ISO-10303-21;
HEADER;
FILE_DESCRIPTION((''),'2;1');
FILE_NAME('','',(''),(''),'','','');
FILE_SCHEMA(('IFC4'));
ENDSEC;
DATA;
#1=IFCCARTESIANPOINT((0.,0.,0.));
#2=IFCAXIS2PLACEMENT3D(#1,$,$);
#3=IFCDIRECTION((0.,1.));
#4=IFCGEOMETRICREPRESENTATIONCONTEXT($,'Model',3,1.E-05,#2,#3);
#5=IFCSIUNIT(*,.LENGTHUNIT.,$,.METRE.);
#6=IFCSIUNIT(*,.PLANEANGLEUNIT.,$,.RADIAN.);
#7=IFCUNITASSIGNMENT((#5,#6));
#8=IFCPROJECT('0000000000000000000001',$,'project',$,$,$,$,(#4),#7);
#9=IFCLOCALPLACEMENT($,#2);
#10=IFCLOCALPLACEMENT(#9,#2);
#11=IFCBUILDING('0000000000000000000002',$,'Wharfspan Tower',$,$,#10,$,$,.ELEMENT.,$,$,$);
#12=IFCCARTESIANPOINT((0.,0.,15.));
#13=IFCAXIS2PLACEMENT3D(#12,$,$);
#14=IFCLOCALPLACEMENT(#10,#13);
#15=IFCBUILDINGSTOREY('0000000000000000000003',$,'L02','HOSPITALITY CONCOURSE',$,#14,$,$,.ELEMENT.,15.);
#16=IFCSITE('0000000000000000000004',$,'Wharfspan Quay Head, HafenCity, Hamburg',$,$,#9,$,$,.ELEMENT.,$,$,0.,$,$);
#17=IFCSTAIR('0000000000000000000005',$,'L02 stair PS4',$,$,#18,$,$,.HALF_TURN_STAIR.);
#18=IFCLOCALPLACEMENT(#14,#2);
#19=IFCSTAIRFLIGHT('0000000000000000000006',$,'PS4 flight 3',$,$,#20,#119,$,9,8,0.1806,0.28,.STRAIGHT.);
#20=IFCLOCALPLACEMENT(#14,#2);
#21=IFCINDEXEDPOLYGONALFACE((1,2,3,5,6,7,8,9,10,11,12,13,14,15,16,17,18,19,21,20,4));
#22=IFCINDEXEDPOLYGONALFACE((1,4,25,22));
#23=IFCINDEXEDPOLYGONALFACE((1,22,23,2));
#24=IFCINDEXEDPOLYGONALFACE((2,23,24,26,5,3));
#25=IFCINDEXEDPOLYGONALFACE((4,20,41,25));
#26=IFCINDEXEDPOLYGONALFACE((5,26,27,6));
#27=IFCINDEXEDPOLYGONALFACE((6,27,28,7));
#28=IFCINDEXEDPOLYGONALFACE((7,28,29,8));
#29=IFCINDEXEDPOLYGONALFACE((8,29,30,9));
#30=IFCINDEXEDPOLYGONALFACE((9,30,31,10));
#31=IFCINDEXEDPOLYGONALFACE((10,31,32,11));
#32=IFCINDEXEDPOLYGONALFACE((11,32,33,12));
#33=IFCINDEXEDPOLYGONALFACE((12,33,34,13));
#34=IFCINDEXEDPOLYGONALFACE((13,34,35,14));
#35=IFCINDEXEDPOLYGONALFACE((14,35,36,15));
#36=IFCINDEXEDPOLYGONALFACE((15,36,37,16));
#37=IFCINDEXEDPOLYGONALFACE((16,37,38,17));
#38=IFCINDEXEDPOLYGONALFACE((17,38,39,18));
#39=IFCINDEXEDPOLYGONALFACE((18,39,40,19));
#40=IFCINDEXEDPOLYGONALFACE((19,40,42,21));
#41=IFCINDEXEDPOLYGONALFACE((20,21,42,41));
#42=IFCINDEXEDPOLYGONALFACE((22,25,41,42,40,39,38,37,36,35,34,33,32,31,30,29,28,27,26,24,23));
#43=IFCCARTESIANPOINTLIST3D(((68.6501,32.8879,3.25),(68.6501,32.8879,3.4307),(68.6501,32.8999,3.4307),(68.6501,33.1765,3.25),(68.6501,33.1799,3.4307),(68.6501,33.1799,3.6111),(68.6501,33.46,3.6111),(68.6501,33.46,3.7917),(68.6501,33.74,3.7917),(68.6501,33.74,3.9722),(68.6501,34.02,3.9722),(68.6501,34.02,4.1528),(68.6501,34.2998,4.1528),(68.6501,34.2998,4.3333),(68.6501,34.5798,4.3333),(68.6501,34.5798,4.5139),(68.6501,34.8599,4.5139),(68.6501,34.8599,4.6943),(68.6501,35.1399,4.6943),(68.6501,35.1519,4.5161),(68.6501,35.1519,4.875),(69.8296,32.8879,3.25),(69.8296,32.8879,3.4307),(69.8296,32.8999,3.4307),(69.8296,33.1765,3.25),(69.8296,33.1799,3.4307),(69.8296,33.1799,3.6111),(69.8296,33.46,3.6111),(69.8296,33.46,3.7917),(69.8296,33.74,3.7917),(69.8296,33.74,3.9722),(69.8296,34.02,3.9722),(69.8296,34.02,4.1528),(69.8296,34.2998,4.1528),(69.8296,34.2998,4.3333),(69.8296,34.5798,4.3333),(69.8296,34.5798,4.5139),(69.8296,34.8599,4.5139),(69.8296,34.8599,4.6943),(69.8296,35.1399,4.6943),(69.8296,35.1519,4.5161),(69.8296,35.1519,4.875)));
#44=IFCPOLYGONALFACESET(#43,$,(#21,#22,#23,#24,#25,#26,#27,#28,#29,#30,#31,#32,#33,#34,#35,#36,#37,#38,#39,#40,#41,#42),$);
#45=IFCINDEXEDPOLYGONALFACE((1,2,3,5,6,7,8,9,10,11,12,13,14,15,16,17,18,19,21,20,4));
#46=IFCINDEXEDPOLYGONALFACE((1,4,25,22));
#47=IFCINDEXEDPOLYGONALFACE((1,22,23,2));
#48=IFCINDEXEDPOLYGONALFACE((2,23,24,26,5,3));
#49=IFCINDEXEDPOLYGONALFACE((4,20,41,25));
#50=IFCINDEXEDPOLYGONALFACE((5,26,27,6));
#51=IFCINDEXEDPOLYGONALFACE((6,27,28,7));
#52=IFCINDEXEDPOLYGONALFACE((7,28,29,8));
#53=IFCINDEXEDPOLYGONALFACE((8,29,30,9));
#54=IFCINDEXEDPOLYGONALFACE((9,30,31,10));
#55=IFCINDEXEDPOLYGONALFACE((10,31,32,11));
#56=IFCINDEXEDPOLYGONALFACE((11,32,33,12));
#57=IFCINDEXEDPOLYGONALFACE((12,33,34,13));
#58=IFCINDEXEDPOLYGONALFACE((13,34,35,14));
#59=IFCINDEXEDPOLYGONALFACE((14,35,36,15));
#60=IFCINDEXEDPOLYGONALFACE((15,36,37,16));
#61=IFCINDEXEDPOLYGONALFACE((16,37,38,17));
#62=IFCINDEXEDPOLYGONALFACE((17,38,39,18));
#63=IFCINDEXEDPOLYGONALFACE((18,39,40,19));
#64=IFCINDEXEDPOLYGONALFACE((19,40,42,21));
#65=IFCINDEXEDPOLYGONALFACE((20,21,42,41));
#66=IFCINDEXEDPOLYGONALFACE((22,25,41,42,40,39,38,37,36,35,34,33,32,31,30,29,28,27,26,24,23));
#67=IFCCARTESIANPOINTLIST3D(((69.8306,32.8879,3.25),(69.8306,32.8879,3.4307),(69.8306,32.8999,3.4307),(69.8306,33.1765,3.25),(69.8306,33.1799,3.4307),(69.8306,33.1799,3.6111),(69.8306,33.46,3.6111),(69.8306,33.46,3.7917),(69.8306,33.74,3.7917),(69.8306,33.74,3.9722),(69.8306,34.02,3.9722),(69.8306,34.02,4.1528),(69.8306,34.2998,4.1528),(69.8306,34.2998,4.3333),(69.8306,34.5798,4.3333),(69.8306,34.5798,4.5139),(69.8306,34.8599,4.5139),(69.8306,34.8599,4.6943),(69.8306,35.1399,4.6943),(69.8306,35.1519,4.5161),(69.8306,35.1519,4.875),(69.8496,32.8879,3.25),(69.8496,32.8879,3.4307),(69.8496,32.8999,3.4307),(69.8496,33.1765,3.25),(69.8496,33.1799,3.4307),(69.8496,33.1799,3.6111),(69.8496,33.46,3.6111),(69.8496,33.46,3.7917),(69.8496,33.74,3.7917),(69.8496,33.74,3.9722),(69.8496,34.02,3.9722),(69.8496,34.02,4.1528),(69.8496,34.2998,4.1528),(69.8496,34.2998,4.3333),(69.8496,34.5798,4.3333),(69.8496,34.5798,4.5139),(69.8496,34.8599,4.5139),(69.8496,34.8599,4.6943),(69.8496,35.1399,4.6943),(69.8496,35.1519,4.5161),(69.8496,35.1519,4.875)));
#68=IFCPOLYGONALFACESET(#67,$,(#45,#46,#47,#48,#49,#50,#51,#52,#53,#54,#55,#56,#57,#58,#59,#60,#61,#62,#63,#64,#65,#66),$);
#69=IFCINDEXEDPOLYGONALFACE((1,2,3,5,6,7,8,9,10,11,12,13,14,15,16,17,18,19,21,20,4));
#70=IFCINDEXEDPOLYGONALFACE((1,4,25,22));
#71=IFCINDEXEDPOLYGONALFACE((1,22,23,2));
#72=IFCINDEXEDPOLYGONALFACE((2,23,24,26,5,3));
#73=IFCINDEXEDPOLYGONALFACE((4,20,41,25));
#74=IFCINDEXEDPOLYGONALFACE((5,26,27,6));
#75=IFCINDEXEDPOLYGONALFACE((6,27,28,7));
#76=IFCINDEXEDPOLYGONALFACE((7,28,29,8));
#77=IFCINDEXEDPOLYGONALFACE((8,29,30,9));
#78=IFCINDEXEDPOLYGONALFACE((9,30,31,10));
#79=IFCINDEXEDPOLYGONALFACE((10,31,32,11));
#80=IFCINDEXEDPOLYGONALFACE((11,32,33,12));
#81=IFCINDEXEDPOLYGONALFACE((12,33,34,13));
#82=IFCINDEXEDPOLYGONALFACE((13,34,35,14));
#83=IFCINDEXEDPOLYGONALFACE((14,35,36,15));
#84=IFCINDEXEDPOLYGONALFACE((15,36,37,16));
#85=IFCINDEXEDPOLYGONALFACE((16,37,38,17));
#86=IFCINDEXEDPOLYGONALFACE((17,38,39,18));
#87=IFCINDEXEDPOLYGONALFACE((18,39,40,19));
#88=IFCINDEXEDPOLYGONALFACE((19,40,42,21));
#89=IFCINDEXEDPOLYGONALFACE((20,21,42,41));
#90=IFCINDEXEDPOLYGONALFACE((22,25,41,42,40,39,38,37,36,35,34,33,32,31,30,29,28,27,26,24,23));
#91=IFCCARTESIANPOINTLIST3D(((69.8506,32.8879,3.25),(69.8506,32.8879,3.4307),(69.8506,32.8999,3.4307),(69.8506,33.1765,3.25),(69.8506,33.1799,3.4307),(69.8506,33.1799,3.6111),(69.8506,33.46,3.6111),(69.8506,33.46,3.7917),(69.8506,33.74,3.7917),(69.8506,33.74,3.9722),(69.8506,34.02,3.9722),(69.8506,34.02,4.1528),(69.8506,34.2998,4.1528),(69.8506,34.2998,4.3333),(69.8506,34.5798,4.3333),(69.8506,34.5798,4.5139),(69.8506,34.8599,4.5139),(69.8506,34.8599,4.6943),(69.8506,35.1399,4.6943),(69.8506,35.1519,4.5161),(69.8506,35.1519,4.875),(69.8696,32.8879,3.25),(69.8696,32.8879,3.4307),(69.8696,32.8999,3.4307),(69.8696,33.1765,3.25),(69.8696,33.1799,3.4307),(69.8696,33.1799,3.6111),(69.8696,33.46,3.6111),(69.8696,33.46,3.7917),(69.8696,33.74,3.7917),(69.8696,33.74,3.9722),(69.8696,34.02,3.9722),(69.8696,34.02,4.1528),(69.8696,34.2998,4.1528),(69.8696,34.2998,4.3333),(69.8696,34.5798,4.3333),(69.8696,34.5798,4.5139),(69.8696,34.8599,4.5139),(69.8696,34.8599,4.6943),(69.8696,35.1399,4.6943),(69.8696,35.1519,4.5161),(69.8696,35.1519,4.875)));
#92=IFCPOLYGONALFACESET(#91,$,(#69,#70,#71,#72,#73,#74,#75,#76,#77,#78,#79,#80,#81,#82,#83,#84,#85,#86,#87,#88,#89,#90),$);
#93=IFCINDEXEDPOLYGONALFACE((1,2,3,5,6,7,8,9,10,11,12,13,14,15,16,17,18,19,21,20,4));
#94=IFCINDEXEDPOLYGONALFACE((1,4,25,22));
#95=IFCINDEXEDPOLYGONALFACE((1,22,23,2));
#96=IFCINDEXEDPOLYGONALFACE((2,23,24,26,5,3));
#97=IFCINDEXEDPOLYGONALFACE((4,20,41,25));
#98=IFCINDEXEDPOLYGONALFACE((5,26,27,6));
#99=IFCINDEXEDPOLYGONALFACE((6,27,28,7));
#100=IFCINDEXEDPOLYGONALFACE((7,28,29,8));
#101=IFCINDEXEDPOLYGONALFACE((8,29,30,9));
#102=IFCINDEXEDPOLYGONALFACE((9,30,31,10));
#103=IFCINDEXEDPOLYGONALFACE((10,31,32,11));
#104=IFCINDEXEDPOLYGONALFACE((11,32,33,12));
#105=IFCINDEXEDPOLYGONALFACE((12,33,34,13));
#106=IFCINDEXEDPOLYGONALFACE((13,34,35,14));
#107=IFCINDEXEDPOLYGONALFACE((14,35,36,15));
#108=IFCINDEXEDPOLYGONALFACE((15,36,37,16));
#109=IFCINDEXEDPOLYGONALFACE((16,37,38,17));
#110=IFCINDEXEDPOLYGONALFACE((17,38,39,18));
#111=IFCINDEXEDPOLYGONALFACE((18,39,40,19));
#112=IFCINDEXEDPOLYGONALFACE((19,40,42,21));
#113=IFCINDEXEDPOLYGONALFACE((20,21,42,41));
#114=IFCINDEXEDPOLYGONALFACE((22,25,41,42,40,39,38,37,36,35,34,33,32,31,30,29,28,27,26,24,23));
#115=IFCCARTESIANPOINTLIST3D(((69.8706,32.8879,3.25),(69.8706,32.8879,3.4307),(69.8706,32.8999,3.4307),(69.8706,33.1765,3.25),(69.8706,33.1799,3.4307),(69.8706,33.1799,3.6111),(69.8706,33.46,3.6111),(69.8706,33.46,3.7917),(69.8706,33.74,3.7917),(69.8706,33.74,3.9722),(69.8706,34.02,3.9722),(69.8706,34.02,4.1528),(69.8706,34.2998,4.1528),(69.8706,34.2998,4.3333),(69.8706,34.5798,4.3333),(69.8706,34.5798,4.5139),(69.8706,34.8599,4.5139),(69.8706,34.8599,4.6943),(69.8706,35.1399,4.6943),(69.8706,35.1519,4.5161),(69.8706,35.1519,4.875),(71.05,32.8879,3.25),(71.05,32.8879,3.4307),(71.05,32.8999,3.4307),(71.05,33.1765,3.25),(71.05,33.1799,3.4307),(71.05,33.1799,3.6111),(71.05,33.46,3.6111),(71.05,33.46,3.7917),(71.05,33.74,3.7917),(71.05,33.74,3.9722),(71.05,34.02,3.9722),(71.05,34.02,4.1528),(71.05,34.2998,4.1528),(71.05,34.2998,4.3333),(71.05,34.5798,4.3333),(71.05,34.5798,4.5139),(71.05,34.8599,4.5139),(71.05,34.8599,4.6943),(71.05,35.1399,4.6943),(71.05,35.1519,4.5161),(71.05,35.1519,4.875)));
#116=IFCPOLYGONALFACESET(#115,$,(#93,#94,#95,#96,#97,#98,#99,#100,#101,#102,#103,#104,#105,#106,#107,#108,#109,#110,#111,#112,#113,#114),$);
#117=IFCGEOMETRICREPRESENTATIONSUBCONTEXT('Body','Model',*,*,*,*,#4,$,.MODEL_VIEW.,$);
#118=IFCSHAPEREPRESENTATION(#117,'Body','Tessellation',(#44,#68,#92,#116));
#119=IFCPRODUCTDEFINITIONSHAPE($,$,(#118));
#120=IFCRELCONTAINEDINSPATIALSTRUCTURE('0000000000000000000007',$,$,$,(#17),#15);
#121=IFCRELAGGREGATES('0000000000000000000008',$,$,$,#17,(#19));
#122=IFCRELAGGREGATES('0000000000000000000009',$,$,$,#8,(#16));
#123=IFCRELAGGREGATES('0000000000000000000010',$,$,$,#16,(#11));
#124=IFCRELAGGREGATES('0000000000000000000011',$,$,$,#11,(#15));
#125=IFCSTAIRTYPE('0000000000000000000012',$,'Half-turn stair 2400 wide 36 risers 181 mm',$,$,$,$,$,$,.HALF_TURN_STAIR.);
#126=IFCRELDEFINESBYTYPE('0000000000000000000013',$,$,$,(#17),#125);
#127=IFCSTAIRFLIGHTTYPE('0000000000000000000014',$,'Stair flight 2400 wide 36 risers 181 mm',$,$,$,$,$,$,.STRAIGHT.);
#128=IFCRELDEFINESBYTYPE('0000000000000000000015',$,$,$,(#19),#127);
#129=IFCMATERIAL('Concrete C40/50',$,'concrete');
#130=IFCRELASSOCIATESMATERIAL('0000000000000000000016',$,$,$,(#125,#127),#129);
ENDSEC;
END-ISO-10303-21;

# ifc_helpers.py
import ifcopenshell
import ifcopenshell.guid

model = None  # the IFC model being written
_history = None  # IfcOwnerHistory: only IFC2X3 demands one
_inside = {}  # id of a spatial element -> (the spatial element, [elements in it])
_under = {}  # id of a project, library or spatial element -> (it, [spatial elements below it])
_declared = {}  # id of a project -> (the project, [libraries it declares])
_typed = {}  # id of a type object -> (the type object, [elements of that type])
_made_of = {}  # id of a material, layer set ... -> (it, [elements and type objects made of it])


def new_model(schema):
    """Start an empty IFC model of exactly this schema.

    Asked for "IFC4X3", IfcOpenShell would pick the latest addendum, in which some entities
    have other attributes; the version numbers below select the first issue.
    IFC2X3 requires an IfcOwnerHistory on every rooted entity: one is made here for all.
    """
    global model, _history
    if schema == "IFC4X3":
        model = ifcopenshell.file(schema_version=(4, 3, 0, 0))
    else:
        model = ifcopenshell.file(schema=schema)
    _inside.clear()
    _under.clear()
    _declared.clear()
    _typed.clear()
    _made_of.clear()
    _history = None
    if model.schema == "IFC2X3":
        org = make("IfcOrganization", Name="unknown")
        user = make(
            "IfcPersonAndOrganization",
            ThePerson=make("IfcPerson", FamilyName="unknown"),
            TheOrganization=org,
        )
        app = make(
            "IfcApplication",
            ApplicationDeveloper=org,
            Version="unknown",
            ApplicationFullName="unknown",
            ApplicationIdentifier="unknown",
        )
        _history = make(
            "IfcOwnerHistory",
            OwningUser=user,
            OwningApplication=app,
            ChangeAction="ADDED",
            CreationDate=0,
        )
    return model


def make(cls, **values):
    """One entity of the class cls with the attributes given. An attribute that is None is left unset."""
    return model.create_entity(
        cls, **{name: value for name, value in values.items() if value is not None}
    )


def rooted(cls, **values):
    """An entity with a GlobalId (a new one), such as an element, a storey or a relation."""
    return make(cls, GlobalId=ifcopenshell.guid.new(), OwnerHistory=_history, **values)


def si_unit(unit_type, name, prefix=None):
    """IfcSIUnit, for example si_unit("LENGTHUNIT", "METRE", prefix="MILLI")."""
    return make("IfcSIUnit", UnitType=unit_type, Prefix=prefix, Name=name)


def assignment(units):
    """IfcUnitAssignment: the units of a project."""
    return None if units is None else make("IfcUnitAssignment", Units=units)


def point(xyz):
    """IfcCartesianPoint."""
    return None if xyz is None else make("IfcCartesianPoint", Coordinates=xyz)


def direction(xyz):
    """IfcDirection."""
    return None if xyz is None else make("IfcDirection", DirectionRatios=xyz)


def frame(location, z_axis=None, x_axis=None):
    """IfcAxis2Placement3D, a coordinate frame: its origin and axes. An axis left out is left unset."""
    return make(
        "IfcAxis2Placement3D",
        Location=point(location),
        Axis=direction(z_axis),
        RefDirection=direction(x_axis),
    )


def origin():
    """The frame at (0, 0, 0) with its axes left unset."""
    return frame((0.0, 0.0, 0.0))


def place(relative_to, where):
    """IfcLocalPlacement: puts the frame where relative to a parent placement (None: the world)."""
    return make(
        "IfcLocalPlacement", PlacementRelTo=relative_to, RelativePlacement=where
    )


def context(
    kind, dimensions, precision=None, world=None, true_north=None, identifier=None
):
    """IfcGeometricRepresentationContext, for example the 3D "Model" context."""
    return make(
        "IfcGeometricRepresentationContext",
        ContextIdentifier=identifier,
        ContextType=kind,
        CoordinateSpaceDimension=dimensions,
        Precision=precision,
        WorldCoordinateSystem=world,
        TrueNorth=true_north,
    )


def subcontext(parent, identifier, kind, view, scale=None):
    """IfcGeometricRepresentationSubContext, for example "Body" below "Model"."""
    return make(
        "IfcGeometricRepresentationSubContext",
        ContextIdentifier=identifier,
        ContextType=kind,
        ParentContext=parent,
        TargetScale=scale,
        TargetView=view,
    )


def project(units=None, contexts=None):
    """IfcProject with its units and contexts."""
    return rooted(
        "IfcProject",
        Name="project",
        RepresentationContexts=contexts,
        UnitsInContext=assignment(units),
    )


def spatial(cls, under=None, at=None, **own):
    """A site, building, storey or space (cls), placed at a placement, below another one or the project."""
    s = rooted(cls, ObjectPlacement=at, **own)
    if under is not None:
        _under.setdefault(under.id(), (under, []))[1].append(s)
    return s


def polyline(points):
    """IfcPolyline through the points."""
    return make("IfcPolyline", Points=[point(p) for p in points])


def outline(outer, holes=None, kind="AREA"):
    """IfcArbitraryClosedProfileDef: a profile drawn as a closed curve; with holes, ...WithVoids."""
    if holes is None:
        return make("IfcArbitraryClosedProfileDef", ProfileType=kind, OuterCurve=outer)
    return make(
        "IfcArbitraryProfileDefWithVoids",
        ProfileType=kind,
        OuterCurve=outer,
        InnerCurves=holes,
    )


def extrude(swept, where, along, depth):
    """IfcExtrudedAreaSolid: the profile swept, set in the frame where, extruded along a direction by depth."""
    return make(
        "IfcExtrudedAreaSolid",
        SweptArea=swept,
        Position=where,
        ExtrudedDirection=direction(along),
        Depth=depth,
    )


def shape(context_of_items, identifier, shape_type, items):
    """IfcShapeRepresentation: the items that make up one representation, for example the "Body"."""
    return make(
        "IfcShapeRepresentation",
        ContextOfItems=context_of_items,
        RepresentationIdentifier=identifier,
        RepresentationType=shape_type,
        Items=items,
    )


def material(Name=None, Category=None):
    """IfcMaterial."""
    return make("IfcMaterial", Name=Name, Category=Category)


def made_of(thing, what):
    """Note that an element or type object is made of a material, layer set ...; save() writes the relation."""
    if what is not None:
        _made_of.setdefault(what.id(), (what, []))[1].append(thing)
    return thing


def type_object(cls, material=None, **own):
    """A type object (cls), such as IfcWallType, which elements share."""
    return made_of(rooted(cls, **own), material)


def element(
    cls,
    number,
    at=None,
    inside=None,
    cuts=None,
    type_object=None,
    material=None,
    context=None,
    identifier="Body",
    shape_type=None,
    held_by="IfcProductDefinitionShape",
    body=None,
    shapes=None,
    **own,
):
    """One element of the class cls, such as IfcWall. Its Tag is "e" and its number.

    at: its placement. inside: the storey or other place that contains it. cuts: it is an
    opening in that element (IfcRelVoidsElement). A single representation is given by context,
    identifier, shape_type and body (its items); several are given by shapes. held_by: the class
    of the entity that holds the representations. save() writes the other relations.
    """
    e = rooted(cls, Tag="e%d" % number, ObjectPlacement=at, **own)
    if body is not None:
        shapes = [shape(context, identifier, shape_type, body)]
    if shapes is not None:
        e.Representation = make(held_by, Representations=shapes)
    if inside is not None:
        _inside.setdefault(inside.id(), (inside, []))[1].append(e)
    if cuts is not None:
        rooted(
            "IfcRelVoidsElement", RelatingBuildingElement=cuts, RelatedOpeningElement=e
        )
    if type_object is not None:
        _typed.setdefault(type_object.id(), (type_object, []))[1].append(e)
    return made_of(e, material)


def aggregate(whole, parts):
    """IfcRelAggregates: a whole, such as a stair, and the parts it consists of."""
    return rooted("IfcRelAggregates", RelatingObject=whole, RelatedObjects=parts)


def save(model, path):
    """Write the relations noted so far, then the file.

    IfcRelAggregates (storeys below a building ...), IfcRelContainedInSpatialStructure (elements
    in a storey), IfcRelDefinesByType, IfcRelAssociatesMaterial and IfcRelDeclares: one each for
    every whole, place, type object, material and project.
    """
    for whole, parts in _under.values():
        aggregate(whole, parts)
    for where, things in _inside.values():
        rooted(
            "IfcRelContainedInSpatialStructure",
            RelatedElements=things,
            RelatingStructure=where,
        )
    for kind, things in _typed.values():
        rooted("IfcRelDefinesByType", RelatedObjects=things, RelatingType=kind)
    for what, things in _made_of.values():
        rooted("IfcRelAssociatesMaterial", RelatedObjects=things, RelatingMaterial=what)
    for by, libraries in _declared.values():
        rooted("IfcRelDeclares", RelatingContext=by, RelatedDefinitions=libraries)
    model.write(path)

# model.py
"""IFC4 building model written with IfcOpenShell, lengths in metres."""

from ifc_helpers import new_model, si_unit, direction, frame, origin, place, context, subcontext, project, spatial, polyline, outline, extrude, material, type_object, element, aggregate, save


model = new_model("IFC4")

# Units and contexts
model_context = context("Model", 3, precision=1e-05, world=origin(), true_north=direction((0.0, 1.0)))
body_context = subcontext(model_context, "Body", "Model", "MODEL_VIEW")
ifc_project = project(units=[si_unit("LENGTHUNIT", "METRE"), si_unit("PLANEANGLEUNIT", "RADIAN")], contexts=[model_context])

# Site, building, storey
site_placement = place(None, origin())
site = spatial("IfcSite", under=ifc_project, at=site_placement, Name="Wharfspan Quay Head, HafenCity, Hamburg", CompositionType="ELEMENT", RefElevation=0.0)
building_placement = place(site_placement, origin())
building = spatial("IfcBuilding", under=site, at=building_placement, Name="Wharfspan Tower", CompositionType="ELEMENT")
storey_placement = place(building_placement, frame((0.0, 0.0, 15.0)))
storey = spatial("IfcBuildingStorey", under=building, at=storey_placement, Name="L02", Description="HOSPITALITY CONCOURSE", CompositionType="ELEMENT", Elevation=15.0)

# Shared definitions
ifc_material_1 = material(Name="Concrete C40/50", Category="concrete")

# Stair, stair flight
stair_type = type_object("IfcStairType", Name="Half-turn stair 2400 wide 36 risers 181 mm", PredefinedType="HALF_TURN_STAIR", material=ifc_material_1)
stair_placement = place(storey_placement, origin())
stair = element("IfcStair", 1, at=stair_placement, inside=storey, type_object=stair_type, Name="L02 stair PS4", PredefinedType="HALF_TURN_STAIR")
stair_flight_type = type_object("IfcStairFlightType", Name="Stair flight 2400 wide 36 risers 181 mm", PredefinedType="STRAIGHT", material=ifc_material_1)
stair_flight_1_placement = place(storey_placement, frame((69.8501, 32.8999, 3.25), z_axis=(0.0, 0.0, 1.0), x_axis=(0.0, 1.0, 0.0)))
stair_flight_1 = element("IfcStairFlight", 2, at=stair_flight_1_placement, type_object=stair_flight_type, Name="PS4 flight 3", NumberOfRisers=9, NumberOfTreads=8, PredefinedType="STRAIGHT", RiserHeight=0.1806, TreadLength=0.28, context=body_context, shape_type="SweptSolid", body=[
    extrude(outline(polyline([(-0.012, 0.0), (-0.012, 0.1807), (0.0, 0.1807), (0.28, 0.1807), (0.28, 0.3611), (0.5601, 0.3611), (0.5601, 0.5417), (0.8401, 0.5417), (0.8401, 0.7222), (1.1201, 0.7222), (1.1201, 0.9028), (1.3999, 0.9028), (1.3999, 1.0833), (1.6799, 1.0833), (1.6799, 1.2639), (1.96, 1.2639), (1.96, 1.4443), (2.24, 1.4443), (2.252, 1.625), (2.252, 1.2661), (0.2766, 0.0), (-0.012, 0.0)])), frame((0.0, 1.2, 0.0), z_axis=(0.0, -1.0, 0.0), x_axis=(1.0, 0.0, 0.0)), (0.0, 0.0, 1.0), 1.1794),
    extrude(outline(polyline([(-0.012, 0.0), (-0.012, 0.1807), (0.0, 0.1807), (0.28, 0.1807), (0.28, 0.3611), (0.5601, 0.3611), (0.5601, 0.5417), (0.8401, 0.5417), (0.8401, 0.7222), (1.1201, 0.7222), (1.1201, 0.9028), (1.3999, 0.9028), (1.3999, 1.0833), (1.6799, 1.0833), (1.6799, 1.2639), (1.96, 1.2639), (1.96, 1.4443), (2.24, 1.4443), (2.252, 1.625), (2.252, 1.2661), (0.2766, 0.0), (-0.012, 0.0)])), frame((0.0, 0.0195, 0.0), z_axis=(0.0, -1.0, 0.0), x_axis=(1.0, 0.0, 0.0)), (0.0, 0.0, 1.0), 0.019),
    extrude(outline(polyline([(-0.012, 0.0), (-0.012, 0.1807), (0.0, 0.1807), (0.28, 0.1807), (0.28, 0.3611), (0.5601, 0.3611), (0.5601, 0.5417), (0.8401, 0.5417), (0.8401, 0.7222), (1.1201, 0.7222), (1.1201, 0.9028), (1.3999, 0.9028), (1.3999, 1.0833), (1.6799, 1.0833), (1.6799, 1.2639), (1.96, 1.2639), (1.96, 1.4443), (2.24, 1.4443), (2.252, 1.625), (2.252, 1.2661), (0.2766, 0.0), (-0.012, 0.0)])), frame((0.0, -0.0005, 0.0), z_axis=(0.0, -1.0, 0.0), x_axis=(1.0, 0.0, 0.0)), (0.0, 0.0, 1.0), 0.019),
    extrude(outline(polyline([(-0.012, 0.0), (-0.012, 0.1807), (0.0, 0.1807), (0.28, 0.1807), (0.28, 0.3611), (0.5601, 0.3611), (0.5601, 0.5417), (0.8401, 0.5417), (0.8401, 0.7222), (1.1201, 0.7222), (1.1201, 0.9028), (1.3999, 0.9028), (1.3999, 1.0833), (1.6799, 1.0833), (1.6799, 1.2639), (1.96, 1.2639), (1.96, 1.4443), (2.24, 1.4443), (2.252, 1.625), (2.252, 1.2661), (0.2766, 0.0), (-0.012, 0.0)])), frame((0.0, -0.0205, 0.0), z_axis=(0.0, -1.0, 0.0), x_axis=(1.0, 0.0, 0.0)), (0.0, 0.0, 1.0), 1.1794),
])
aggregate(stair, [stair_flight_1])

save(model, "model.ifc")
